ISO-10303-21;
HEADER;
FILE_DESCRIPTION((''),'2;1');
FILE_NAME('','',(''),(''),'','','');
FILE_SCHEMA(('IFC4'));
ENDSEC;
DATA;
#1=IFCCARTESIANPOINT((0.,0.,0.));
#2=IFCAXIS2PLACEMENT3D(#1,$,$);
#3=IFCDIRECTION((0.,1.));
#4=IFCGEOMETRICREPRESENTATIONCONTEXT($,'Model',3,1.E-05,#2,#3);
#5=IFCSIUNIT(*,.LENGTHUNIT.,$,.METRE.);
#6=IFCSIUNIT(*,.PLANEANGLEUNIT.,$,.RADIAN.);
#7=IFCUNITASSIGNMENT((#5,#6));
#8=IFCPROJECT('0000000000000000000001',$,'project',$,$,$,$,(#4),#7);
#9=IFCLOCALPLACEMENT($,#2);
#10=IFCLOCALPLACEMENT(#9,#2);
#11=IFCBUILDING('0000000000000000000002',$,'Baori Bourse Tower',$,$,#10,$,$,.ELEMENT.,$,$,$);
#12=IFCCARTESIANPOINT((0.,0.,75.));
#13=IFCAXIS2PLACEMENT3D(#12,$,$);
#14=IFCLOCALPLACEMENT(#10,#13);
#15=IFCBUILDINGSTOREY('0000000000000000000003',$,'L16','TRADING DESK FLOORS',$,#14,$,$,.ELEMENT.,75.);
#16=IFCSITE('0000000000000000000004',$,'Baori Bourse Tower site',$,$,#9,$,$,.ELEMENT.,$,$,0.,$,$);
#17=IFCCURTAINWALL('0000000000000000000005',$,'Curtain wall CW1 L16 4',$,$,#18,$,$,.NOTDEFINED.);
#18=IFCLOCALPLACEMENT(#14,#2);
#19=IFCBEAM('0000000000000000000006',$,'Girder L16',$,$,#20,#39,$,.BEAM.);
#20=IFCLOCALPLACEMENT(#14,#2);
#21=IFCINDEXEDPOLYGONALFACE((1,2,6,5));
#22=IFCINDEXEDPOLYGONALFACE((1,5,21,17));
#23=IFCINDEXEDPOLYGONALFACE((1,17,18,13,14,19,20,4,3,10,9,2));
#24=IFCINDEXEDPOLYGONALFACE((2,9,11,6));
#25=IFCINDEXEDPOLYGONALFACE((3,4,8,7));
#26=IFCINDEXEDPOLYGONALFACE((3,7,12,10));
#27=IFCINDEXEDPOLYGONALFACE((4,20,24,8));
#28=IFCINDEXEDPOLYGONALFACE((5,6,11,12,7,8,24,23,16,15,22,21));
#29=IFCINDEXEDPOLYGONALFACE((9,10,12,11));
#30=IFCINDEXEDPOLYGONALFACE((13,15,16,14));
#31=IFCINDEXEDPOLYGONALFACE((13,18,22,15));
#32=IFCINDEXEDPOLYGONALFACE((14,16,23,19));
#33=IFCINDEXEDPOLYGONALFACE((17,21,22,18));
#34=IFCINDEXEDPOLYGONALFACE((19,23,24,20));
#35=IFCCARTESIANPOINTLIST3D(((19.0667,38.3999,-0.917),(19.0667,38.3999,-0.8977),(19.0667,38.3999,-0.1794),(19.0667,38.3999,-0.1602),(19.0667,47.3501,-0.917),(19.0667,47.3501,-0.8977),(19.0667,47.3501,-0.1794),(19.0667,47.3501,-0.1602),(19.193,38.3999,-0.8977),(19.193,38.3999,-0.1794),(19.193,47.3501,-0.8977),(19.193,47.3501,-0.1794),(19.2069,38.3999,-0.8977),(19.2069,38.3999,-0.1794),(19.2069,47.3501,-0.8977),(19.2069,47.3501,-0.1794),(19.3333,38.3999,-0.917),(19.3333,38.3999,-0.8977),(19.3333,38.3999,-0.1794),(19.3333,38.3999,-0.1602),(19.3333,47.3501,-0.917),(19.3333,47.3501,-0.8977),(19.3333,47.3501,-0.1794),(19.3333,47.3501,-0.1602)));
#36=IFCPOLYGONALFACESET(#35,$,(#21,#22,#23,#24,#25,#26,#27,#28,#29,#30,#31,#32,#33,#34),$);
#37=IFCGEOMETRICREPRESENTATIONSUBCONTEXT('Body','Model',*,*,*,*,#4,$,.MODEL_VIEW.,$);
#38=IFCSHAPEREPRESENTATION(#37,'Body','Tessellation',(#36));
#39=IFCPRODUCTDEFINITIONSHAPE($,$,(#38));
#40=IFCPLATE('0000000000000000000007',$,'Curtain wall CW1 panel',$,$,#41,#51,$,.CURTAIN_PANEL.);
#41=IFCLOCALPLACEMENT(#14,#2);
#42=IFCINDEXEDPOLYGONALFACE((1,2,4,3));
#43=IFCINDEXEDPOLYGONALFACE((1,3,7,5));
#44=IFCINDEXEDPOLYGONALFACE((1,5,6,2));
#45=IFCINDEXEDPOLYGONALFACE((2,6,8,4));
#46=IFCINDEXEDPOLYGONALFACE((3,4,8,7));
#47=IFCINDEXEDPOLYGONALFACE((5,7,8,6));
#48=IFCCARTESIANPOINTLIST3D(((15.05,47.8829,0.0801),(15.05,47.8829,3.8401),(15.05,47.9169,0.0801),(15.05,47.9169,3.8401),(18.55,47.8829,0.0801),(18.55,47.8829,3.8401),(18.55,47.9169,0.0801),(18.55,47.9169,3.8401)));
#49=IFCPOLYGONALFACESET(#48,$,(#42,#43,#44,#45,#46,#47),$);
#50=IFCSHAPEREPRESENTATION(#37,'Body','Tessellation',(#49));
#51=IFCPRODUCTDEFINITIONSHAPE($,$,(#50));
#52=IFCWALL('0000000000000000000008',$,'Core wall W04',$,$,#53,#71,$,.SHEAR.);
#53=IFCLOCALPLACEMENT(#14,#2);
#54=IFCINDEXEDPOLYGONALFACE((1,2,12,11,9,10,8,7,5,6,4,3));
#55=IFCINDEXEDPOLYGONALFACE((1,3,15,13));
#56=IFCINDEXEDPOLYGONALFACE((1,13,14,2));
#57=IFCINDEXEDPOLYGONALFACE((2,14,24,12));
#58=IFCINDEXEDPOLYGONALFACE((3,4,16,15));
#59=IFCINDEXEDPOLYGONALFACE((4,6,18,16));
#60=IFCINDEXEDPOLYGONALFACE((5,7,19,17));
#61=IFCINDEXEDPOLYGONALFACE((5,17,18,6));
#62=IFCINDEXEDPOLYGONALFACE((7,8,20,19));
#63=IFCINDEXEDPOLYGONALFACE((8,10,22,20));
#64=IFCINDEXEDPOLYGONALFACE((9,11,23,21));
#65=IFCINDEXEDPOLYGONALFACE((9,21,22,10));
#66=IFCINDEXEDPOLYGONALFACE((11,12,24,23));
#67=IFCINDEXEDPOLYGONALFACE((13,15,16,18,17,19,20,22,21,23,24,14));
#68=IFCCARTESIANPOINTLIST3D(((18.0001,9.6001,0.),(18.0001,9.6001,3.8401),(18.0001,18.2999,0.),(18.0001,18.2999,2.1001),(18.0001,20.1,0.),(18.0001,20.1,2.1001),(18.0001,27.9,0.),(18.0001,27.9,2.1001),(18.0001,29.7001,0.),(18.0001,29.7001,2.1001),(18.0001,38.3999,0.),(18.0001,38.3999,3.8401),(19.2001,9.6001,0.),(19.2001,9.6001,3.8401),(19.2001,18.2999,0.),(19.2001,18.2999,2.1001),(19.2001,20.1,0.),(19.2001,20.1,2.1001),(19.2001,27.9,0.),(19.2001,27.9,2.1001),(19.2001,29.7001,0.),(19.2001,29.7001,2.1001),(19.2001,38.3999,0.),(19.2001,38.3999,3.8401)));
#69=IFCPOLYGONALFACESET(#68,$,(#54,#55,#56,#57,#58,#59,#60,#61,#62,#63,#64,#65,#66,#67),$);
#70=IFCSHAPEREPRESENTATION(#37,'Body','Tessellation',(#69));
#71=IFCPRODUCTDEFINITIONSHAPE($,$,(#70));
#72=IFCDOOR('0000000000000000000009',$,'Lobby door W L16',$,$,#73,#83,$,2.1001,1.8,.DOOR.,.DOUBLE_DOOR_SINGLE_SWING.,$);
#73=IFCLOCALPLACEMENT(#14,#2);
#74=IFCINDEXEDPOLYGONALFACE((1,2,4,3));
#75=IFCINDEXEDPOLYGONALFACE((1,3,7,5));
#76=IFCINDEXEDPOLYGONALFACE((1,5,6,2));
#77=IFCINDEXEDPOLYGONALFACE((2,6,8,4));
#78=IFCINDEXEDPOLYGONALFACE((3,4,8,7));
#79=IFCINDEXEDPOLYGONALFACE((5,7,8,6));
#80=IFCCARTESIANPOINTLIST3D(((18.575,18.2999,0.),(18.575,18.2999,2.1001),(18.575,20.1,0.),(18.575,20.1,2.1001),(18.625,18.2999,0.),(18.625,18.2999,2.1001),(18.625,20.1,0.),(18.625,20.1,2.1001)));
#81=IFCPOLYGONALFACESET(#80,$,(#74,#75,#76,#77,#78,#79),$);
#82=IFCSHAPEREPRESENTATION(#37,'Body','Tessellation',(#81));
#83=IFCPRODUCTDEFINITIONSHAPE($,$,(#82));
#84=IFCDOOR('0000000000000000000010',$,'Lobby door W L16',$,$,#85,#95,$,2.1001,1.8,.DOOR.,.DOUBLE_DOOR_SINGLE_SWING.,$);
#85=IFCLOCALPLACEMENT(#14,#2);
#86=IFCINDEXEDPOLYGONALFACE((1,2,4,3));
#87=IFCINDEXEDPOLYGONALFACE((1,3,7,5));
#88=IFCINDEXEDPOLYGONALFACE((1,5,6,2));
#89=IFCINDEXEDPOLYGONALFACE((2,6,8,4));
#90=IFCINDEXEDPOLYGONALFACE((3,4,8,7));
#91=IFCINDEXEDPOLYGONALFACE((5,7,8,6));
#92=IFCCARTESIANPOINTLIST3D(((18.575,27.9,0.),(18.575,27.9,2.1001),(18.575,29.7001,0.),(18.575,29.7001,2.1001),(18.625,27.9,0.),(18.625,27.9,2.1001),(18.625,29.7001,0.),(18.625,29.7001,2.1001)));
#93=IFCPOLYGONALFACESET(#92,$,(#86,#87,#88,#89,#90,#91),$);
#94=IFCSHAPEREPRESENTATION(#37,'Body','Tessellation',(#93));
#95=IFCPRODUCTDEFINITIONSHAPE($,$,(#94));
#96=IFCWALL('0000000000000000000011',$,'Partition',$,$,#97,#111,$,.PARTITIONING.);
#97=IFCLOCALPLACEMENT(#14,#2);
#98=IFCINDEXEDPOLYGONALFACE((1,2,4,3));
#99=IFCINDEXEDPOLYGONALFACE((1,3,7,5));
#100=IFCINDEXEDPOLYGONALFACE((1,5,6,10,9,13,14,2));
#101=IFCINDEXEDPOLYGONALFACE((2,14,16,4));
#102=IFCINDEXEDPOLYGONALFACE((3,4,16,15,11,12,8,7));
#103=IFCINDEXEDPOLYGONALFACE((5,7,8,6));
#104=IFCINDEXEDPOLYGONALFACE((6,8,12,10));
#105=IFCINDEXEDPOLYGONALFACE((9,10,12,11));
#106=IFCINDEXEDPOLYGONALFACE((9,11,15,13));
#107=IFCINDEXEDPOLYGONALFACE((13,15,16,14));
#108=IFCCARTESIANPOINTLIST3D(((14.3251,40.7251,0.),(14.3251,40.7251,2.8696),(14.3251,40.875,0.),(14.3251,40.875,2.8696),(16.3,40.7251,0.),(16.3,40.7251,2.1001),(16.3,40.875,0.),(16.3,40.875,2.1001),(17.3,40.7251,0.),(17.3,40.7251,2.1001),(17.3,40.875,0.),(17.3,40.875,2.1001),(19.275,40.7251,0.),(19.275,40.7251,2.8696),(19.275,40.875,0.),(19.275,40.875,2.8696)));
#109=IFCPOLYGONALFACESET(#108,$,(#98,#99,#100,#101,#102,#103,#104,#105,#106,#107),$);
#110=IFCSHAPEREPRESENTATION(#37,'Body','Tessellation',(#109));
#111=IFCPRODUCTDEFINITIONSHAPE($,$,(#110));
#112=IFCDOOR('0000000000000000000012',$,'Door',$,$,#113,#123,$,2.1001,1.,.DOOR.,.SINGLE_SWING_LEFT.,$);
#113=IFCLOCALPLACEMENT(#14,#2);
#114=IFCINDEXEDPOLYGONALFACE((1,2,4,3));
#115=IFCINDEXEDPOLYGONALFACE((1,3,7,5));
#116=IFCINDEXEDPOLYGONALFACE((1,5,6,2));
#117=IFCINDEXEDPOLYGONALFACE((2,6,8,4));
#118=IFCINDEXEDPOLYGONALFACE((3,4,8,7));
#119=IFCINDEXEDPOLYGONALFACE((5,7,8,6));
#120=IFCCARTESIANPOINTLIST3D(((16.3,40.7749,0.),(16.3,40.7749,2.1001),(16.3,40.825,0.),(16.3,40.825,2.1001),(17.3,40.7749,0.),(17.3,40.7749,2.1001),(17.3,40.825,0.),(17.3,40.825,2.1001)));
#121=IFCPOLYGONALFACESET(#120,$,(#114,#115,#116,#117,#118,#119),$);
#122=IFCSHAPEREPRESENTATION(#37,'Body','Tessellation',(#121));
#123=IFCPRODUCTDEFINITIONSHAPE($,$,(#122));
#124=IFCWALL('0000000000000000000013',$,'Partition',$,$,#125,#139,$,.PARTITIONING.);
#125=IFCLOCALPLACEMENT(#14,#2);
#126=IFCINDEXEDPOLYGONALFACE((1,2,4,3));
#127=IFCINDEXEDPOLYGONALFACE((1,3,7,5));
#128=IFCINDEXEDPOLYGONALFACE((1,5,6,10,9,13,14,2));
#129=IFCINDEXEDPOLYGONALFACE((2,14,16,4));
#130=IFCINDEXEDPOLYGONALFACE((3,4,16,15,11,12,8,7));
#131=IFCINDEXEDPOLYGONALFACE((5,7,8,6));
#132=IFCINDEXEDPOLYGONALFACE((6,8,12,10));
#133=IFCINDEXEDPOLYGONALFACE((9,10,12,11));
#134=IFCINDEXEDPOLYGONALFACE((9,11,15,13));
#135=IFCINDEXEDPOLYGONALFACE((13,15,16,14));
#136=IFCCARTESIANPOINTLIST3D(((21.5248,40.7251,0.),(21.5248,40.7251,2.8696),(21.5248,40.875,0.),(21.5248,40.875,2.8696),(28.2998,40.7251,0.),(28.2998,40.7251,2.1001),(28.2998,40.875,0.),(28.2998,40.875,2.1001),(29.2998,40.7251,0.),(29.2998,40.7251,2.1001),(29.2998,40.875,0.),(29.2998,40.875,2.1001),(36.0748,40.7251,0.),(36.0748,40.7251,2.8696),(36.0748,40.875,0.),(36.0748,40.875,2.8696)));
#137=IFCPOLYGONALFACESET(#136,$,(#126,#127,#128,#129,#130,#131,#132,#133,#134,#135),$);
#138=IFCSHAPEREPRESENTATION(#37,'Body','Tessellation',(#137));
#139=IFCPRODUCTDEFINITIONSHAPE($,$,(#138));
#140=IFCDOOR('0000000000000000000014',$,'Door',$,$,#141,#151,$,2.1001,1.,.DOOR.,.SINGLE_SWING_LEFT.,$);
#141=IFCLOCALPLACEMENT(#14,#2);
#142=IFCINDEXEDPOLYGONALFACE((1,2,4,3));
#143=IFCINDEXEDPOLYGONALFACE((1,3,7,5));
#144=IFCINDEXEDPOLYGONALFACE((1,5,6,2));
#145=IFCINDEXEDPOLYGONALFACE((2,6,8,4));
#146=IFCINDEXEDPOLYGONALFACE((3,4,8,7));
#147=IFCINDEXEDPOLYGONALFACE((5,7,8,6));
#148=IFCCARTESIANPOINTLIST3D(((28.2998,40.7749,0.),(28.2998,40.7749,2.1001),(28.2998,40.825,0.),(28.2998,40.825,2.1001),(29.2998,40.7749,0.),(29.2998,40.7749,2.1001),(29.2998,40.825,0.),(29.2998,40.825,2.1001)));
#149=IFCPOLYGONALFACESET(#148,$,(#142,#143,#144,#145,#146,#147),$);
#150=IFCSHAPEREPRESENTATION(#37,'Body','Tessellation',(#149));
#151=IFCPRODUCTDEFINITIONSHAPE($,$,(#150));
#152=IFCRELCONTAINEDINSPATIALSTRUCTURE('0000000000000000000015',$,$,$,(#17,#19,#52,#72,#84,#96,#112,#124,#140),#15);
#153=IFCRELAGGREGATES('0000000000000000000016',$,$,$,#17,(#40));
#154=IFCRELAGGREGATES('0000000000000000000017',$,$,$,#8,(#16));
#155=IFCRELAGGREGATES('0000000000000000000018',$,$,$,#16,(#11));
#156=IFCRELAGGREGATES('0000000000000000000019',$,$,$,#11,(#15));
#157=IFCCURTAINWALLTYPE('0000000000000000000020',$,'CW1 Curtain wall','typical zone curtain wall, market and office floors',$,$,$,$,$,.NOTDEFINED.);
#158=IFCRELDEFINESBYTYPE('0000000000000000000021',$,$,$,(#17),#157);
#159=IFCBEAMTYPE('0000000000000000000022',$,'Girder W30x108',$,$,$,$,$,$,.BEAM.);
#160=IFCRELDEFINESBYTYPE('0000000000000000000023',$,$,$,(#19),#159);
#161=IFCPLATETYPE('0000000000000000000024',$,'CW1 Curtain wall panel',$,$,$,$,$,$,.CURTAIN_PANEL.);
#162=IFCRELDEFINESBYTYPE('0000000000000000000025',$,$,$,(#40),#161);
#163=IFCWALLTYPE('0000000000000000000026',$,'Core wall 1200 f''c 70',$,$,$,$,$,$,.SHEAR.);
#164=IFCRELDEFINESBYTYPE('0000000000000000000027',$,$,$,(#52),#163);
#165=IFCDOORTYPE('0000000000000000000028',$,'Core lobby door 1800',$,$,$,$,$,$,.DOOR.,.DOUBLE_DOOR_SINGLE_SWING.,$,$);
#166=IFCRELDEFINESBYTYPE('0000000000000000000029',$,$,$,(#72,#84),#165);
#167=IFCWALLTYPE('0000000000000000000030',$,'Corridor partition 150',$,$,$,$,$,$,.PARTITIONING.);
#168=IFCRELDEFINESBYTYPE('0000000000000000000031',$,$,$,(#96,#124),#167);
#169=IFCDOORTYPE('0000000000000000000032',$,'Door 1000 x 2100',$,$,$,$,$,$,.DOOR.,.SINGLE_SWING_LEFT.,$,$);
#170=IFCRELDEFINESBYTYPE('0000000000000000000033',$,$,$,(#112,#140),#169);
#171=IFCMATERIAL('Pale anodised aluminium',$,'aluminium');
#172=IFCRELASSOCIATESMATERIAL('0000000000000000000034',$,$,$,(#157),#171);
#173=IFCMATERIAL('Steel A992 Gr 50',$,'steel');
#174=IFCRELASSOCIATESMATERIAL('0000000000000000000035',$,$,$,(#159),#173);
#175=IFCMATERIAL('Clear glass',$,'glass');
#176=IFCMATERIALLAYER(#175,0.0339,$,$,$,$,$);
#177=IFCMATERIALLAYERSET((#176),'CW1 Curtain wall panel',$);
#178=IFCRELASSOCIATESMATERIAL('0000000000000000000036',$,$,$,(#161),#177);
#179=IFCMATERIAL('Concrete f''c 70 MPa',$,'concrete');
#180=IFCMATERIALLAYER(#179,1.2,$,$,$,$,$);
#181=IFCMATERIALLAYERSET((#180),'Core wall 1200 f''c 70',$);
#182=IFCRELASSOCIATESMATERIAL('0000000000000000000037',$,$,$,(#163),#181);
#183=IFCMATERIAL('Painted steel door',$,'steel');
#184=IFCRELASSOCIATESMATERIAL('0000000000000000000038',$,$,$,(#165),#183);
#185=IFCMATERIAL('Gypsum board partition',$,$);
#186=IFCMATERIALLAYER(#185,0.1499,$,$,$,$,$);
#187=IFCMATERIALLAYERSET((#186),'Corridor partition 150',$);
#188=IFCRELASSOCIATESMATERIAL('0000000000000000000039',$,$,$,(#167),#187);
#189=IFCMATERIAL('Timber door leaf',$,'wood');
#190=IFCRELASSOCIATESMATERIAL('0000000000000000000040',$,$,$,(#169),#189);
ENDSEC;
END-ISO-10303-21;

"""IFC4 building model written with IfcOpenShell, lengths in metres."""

from ifc_helpers import new_model, si_unit, direction, frame, frame_2d, origin, origin_2d, place, context, subcontext, project, spatial, rectangle, i_section, extrude, material, layer, layer_set, material_profile, profile_set, type_object, element, fill, aggregate, save


model = new_model("IFC4")

# Units and contexts
model_context = context("Model", 3, precision=1e-05, world=origin(), true_north=direction((0.0, 1.0)))
body_context = subcontext(model_context, "Body", "Model", "MODEL_VIEW")
ifc_project = project(units=[si_unit("LENGTHUNIT", "METRE"), si_unit("PLANEANGLEUNIT", "RADIAN")], contexts=[model_context])

# Site, building, storey
site_placement = place(None, origin())
site = spatial("IfcSite", under=ifc_project, at=site_placement, Name="Baori Bourse Tower site", CompositionType="ELEMENT", RefElevation=0.0)
building_placement = place(site_placement, origin())
building = spatial("IfcBuilding", under=site, at=building_placement, Name="Baori Bourse Tower", CompositionType="ELEMENT")
storey_placement = place(building_placement, frame((0.0, 0.0, 75.0)))
storey = spatial("IfcBuildingStorey", under=building, at=storey_placement, Name="L16", Description="TRADING DESK FLOORS", CompositionType="ELEMENT", Elevation=75.0)

# Curtain wall
ifc_material_1 = material(Name="Pale anodised aluminium", Category="aluminium")
curtain_wall_type = type_object("IfcCurtainWallType", Name="CW1 Curtain wall", Description="typical zone curtain wall, market and office floors", PredefinedType="NOTDEFINED", material=ifc_material_1)
curtain_wall_placement = place(storey_placement, origin())
curtain_wall = element("IfcCurtainWall", 1, at=curtain_wall_placement, inside=storey, type_object=curtain_wall_type, Name="Curtain wall CW1 L16 4", PredefinedType="NOTDEFINED")

# Beam
ifc_material_2 = material(Name="Steel A992 Gr 50", Category="steel")
ifc_material_profile_1 = material_profile(ifc_material_2, i_section(OverallWidth=0.2666, OverallDepth=0.7568, WebThickness=0.0139, FlangeThickness=0.0193, at=origin_2d()), Name="W30x108")
ifc_profile_set_1 = profile_set([ifc_material_profile_1], Name="Steel A992 Gr 50")
beam_type_1 = type_object("IfcBeamType", Name="Girder W30x108", PredefinedType="BEAM", material=ifc_profile_set_1)
beam_1_placement = place(storey_placement, frame((19.2, 38.3999, -0.5386), z_axis=(0.0, 1.0, 0.0), x_axis=(-1.0, 0.0, 0.0)))
element("IfcBeam", 2, at=beam_1_placement, inside=storey, type_object=beam_type_1, Name="Girder L16", PredefinedType="BEAM", context=body_context, shape_type="SweptSolid", body=[
    extrude(i_section(OverallWidth=0.2666, OverallDepth=0.7568, WebThickness=0.0139, FlangeThickness=0.0193, at=origin_2d()), origin(), (0.0, 0.0, 1.0), 8.9502),
])

# Plate
ifc_material_3 = material(Name="Clear glass", Category="glass")
ifc_layer_1 = layer(ifc_material_3, 0.0339)
ifc_layer_set_1 = layer_set([ifc_layer_1], Name="CW1 Curtain wall panel")
plate_type = type_object("IfcPlateType", Name="CW1 Curtain wall panel", PredefinedType="CURTAIN_PANEL", material=ifc_layer_set_1)
plate_placement = place(storey_placement, frame((16.8, 47.8999, 0.0801), z_axis=(0.0, 0.0, 1.0), x_axis=(-1.0, 0.0, 0.0)))
plate = element("IfcPlate", 3, at=plate_placement, type_object=plate_type, Name="Curtain wall CW1 panel", PredefinedType="CURTAIN_PANEL", context=body_context, shape_type="SweptSolid", body=[
    extrude(rectangle(XDim=3.5, YDim=0.0339, at=origin_2d()), origin(), (0.0, 0.0, 1.0), 3.76),
])
aggregate(curtain_wall, [plate])

# Wall, openings, doors
ifc_material_4 = material(Name="Concrete f'c 70 MPa", Category="concrete")
ifc_layer_2 = layer(ifc_material_4, 1.2)
ifc_layer_set_2 = layer_set([ifc_layer_2], Name="Core wall 1200 f'c 70")
wall_type_1 = type_object("IfcWallType", Name="Core wall 1200 f'c 70", PredefinedType="SHEAR", material=ifc_layer_set_2)
wall_1_placement = place(storey_placement, frame((18.6001, 38.3999, 0.0), z_axis=(0.0, 0.0, 1.0), x_axis=(0.0, -1.0, 0.0)))
wall_1 = element("IfcWall", 4, at=wall_1_placement, inside=storey, type_object=wall_type_1, Name="Core wall W04", PredefinedType="SHEAR", context=body_context, shape_type="SweptSolid", body=[
    extrude(rectangle(XDim=28.7998, YDim=1.2, at=frame_2d((14.3999, 0.0))), origin(), (0.0, 0.0, 1.0), 3.8401),
])
opening_1_placement = place(wall_1_placement, frame((18.3, 0.0, 0.0)))
opening_1 = element("IfcOpeningElement", 5, at=opening_1_placement, cuts=wall_1, PredefinedType="OPENING", context=body_context, shape_type="SweptSolid", body=[
    extrude(rectangle(XDim=1.8, YDim=2.1001, at=frame_2d((0.8999, 1.05))), frame((0.0, 0.6099, 0.0), z_axis=(0.0, -1.0, 0.0), x_axis=(1.0, 0.0, 0.0)), (0.0, 0.0, 1.0), 1.22),
])
opening_2_placement = place(wall_1_placement, frame((8.7, 0.0, 0.0)))
opening_2 = element("IfcOpeningElement", 6, at=opening_2_placement, cuts=wall_1, PredefinedType="OPENING", context=body_context, shape_type="SweptSolid", body=[
    extrude(rectangle(XDim=1.8, YDim=2.1001, at=frame_2d((0.8999, 1.05))), frame((0.0, 0.6099, 0.0), z_axis=(0.0, -1.0, 0.0), x_axis=(1.0, 0.0, 0.0)), (0.0, 0.0, 1.0), 1.22),
])
ifc_material_5 = material(Name="Painted steel door", Category="steel")
door_type_1 = type_object("IfcDoorType", Name="Core lobby door 1800", OperationType="DOUBLE_DOOR_SINGLE_SWING", PredefinedType="DOOR", material=ifc_material_5)
door_1_placement = place(opening_1_placement, origin())
door_1 = element("IfcDoor", 7, at=door_1_placement, inside=storey, type_object=door_type_1, Name="Lobby door W L16", OperationType="DOUBLE_DOOR_SINGLE_SWING", OverallHeight=2.1001, OverallWidth=1.8, PredefinedType="DOOR", context=body_context, shape_type="SweptSolid", body=[
    extrude(rectangle(XDim=1.8, YDim=2.1001, at=frame_2d((0.8999, 1.05))), frame((0.0, 0.0249, 0.0), z_axis=(0.0, -1.0, 0.0), x_axis=(1.0, 0.0, 0.0)), (0.0, 0.0, 1.0), 0.05),
])
fill(opening_1, door_1)
door_2_placement = place(opening_2_placement, origin())
door_2 = element("IfcDoor", 8, at=door_2_placement, inside=storey, type_object=door_type_1, Name="Lobby door W L16", OperationType="DOUBLE_DOOR_SINGLE_SWING", OverallHeight=2.1001, OverallWidth=1.8, PredefinedType="DOOR", context=body_context, shape_type="SweptSolid", body=[
    extrude(rectangle(XDim=1.8, YDim=2.1001, at=frame_2d((0.8999, 1.05))), frame((0.0, 0.0249, 0.0), z_axis=(0.0, -1.0, 0.0), x_axis=(1.0, 0.0, 0.0)), (0.0, 0.0, 1.0), 0.05),
])
fill(opening_2, door_2)

# Walls, openings, doors
ifc_material_6 = material(Name="Gypsum board partition")
ifc_layer_3 = layer(ifc_material_6, 0.1499)
ifc_layer_set_3 = layer_set([ifc_layer_3], Name="Corridor partition 150")
wall_type_2 = type_object("IfcWallType", Name="Corridor partition 150", PredefinedType="PARTITIONING", material=ifc_layer_set_3)
wall_2_placement = place(storey_placement, frame((14.325, 40.8, 0.0), z_axis=(0.0, 0.0, 1.0), x_axis=(1.0, 0.0, 0.0)))
wall_2 = element("IfcWall", 9, at=wall_2_placement, inside=storey, type_object=wall_type_2, Name="Partition", PredefinedType="PARTITIONING", context=body_context, shape_type="SweptSolid", body=[
    extrude(rectangle(XDim=4.95, YDim=0.1499, at=frame_2d((2.4751, 0.0))), origin(), (0.0, 0.0, 1.0), 2.8696),
])
opening_3_placement = place(wall_2_placement, frame((1.9751, 0.0, 0.0)))
opening_3 = element("IfcOpeningElement", 10, at=opening_3_placement, cuts=wall_2, PredefinedType="OPENING", context=body_context, shape_type="SweptSolid", body=[
    extrude(rectangle(XDim=1.0, YDim=2.1001, at=frame_2d((0.5, 1.05))), frame((0.0, 0.085, 0.0), z_axis=(0.0, -1.0, 0.0), x_axis=(1.0, 0.0, 0.0)), (0.0, 0.0, 1.0), 0.1699),
])
ifc_material_7 = material(Name="Timber door leaf", Category="wood")
door_type_2 = type_object("IfcDoorType", Name="Door 1000 x 2100", OperationType="SINGLE_SWING_LEFT", PredefinedType="DOOR", material=ifc_material_7)
door_3_placement = place(opening_3_placement, origin())
door_3 = element("IfcDoor", 11, at=door_3_placement, inside=storey, type_object=door_type_2, Name="Door", OperationType="SINGLE_SWING_LEFT", OverallHeight=2.1001, OverallWidth=1.0, PredefinedType="DOOR", context=body_context, shape_type="SweptSolid", body=[
    extrude(rectangle(XDim=1.0, YDim=2.1001, at=frame_2d((0.5, 1.05))), frame((0.0, 0.0249, 0.0), z_axis=(0.0, -1.0, 0.0), x_axis=(1.0, 0.0, 0.0)), (0.0, 0.0, 1.0), 0.05),
])
fill(opening_3, door_3)
wall_3_placement = place(storey_placement, frame((21.5249, 40.8, 0.0), z_axis=(0.0, 0.0, 1.0), x_axis=(1.0, 0.0, 0.0)))
wall_3 = element("IfcWall", 12, at=wall_3_placement, inside=storey, type_object=wall_type_2, Name="Partition", PredefinedType="PARTITIONING", context=body_context, shape_type="SweptSolid", body=[
    extrude(rectangle(XDim=14.55, YDim=0.1499, at=frame_2d((7.2749, 0.0))), origin(), (0.0, 0.0, 1.0), 2.8696),
])
opening_4_placement = place(wall_3_placement, frame((6.7749, 0.0, 0.0)))
opening_4 = element("IfcOpeningElement", 13, at=opening_4_placement, cuts=wall_3, PredefinedType="OPENING", context=body_context, shape_type="SweptSolid", body=[
    extrude(rectangle(XDim=1.0, YDim=2.1001, at=frame_2d((0.5, 1.05))), frame((0.0, 0.085, 0.0), z_axis=(0.0, -1.0, 0.0), x_axis=(1.0, 0.0, 0.0)), (0.0, 0.0, 1.0), 0.1699),
])
door_4_placement = place(opening_4_placement, origin())
door_4 = element("IfcDoor", 14, at=door_4_placement, inside=storey, type_object=door_type_2, Name="Door", OperationType="SINGLE_SWING_LEFT", OverallHeight=2.1001, OverallWidth=1.0, PredefinedType="DOOR", context=body_context, shape_type="SweptSolid", body=[
    extrude(rectangle(XDim=1.0, YDim=2.1001, at=frame_2d((0.5, 1.05))), frame((0.0, 0.0249, 0.0), z_axis=(0.0, -1.0, 0.0), x_axis=(1.0, 0.0, 0.0)), (0.0, 0.0, 1.0), 0.05),
])
fill(opening_4, door_4)

save(model, "model.ifc")
